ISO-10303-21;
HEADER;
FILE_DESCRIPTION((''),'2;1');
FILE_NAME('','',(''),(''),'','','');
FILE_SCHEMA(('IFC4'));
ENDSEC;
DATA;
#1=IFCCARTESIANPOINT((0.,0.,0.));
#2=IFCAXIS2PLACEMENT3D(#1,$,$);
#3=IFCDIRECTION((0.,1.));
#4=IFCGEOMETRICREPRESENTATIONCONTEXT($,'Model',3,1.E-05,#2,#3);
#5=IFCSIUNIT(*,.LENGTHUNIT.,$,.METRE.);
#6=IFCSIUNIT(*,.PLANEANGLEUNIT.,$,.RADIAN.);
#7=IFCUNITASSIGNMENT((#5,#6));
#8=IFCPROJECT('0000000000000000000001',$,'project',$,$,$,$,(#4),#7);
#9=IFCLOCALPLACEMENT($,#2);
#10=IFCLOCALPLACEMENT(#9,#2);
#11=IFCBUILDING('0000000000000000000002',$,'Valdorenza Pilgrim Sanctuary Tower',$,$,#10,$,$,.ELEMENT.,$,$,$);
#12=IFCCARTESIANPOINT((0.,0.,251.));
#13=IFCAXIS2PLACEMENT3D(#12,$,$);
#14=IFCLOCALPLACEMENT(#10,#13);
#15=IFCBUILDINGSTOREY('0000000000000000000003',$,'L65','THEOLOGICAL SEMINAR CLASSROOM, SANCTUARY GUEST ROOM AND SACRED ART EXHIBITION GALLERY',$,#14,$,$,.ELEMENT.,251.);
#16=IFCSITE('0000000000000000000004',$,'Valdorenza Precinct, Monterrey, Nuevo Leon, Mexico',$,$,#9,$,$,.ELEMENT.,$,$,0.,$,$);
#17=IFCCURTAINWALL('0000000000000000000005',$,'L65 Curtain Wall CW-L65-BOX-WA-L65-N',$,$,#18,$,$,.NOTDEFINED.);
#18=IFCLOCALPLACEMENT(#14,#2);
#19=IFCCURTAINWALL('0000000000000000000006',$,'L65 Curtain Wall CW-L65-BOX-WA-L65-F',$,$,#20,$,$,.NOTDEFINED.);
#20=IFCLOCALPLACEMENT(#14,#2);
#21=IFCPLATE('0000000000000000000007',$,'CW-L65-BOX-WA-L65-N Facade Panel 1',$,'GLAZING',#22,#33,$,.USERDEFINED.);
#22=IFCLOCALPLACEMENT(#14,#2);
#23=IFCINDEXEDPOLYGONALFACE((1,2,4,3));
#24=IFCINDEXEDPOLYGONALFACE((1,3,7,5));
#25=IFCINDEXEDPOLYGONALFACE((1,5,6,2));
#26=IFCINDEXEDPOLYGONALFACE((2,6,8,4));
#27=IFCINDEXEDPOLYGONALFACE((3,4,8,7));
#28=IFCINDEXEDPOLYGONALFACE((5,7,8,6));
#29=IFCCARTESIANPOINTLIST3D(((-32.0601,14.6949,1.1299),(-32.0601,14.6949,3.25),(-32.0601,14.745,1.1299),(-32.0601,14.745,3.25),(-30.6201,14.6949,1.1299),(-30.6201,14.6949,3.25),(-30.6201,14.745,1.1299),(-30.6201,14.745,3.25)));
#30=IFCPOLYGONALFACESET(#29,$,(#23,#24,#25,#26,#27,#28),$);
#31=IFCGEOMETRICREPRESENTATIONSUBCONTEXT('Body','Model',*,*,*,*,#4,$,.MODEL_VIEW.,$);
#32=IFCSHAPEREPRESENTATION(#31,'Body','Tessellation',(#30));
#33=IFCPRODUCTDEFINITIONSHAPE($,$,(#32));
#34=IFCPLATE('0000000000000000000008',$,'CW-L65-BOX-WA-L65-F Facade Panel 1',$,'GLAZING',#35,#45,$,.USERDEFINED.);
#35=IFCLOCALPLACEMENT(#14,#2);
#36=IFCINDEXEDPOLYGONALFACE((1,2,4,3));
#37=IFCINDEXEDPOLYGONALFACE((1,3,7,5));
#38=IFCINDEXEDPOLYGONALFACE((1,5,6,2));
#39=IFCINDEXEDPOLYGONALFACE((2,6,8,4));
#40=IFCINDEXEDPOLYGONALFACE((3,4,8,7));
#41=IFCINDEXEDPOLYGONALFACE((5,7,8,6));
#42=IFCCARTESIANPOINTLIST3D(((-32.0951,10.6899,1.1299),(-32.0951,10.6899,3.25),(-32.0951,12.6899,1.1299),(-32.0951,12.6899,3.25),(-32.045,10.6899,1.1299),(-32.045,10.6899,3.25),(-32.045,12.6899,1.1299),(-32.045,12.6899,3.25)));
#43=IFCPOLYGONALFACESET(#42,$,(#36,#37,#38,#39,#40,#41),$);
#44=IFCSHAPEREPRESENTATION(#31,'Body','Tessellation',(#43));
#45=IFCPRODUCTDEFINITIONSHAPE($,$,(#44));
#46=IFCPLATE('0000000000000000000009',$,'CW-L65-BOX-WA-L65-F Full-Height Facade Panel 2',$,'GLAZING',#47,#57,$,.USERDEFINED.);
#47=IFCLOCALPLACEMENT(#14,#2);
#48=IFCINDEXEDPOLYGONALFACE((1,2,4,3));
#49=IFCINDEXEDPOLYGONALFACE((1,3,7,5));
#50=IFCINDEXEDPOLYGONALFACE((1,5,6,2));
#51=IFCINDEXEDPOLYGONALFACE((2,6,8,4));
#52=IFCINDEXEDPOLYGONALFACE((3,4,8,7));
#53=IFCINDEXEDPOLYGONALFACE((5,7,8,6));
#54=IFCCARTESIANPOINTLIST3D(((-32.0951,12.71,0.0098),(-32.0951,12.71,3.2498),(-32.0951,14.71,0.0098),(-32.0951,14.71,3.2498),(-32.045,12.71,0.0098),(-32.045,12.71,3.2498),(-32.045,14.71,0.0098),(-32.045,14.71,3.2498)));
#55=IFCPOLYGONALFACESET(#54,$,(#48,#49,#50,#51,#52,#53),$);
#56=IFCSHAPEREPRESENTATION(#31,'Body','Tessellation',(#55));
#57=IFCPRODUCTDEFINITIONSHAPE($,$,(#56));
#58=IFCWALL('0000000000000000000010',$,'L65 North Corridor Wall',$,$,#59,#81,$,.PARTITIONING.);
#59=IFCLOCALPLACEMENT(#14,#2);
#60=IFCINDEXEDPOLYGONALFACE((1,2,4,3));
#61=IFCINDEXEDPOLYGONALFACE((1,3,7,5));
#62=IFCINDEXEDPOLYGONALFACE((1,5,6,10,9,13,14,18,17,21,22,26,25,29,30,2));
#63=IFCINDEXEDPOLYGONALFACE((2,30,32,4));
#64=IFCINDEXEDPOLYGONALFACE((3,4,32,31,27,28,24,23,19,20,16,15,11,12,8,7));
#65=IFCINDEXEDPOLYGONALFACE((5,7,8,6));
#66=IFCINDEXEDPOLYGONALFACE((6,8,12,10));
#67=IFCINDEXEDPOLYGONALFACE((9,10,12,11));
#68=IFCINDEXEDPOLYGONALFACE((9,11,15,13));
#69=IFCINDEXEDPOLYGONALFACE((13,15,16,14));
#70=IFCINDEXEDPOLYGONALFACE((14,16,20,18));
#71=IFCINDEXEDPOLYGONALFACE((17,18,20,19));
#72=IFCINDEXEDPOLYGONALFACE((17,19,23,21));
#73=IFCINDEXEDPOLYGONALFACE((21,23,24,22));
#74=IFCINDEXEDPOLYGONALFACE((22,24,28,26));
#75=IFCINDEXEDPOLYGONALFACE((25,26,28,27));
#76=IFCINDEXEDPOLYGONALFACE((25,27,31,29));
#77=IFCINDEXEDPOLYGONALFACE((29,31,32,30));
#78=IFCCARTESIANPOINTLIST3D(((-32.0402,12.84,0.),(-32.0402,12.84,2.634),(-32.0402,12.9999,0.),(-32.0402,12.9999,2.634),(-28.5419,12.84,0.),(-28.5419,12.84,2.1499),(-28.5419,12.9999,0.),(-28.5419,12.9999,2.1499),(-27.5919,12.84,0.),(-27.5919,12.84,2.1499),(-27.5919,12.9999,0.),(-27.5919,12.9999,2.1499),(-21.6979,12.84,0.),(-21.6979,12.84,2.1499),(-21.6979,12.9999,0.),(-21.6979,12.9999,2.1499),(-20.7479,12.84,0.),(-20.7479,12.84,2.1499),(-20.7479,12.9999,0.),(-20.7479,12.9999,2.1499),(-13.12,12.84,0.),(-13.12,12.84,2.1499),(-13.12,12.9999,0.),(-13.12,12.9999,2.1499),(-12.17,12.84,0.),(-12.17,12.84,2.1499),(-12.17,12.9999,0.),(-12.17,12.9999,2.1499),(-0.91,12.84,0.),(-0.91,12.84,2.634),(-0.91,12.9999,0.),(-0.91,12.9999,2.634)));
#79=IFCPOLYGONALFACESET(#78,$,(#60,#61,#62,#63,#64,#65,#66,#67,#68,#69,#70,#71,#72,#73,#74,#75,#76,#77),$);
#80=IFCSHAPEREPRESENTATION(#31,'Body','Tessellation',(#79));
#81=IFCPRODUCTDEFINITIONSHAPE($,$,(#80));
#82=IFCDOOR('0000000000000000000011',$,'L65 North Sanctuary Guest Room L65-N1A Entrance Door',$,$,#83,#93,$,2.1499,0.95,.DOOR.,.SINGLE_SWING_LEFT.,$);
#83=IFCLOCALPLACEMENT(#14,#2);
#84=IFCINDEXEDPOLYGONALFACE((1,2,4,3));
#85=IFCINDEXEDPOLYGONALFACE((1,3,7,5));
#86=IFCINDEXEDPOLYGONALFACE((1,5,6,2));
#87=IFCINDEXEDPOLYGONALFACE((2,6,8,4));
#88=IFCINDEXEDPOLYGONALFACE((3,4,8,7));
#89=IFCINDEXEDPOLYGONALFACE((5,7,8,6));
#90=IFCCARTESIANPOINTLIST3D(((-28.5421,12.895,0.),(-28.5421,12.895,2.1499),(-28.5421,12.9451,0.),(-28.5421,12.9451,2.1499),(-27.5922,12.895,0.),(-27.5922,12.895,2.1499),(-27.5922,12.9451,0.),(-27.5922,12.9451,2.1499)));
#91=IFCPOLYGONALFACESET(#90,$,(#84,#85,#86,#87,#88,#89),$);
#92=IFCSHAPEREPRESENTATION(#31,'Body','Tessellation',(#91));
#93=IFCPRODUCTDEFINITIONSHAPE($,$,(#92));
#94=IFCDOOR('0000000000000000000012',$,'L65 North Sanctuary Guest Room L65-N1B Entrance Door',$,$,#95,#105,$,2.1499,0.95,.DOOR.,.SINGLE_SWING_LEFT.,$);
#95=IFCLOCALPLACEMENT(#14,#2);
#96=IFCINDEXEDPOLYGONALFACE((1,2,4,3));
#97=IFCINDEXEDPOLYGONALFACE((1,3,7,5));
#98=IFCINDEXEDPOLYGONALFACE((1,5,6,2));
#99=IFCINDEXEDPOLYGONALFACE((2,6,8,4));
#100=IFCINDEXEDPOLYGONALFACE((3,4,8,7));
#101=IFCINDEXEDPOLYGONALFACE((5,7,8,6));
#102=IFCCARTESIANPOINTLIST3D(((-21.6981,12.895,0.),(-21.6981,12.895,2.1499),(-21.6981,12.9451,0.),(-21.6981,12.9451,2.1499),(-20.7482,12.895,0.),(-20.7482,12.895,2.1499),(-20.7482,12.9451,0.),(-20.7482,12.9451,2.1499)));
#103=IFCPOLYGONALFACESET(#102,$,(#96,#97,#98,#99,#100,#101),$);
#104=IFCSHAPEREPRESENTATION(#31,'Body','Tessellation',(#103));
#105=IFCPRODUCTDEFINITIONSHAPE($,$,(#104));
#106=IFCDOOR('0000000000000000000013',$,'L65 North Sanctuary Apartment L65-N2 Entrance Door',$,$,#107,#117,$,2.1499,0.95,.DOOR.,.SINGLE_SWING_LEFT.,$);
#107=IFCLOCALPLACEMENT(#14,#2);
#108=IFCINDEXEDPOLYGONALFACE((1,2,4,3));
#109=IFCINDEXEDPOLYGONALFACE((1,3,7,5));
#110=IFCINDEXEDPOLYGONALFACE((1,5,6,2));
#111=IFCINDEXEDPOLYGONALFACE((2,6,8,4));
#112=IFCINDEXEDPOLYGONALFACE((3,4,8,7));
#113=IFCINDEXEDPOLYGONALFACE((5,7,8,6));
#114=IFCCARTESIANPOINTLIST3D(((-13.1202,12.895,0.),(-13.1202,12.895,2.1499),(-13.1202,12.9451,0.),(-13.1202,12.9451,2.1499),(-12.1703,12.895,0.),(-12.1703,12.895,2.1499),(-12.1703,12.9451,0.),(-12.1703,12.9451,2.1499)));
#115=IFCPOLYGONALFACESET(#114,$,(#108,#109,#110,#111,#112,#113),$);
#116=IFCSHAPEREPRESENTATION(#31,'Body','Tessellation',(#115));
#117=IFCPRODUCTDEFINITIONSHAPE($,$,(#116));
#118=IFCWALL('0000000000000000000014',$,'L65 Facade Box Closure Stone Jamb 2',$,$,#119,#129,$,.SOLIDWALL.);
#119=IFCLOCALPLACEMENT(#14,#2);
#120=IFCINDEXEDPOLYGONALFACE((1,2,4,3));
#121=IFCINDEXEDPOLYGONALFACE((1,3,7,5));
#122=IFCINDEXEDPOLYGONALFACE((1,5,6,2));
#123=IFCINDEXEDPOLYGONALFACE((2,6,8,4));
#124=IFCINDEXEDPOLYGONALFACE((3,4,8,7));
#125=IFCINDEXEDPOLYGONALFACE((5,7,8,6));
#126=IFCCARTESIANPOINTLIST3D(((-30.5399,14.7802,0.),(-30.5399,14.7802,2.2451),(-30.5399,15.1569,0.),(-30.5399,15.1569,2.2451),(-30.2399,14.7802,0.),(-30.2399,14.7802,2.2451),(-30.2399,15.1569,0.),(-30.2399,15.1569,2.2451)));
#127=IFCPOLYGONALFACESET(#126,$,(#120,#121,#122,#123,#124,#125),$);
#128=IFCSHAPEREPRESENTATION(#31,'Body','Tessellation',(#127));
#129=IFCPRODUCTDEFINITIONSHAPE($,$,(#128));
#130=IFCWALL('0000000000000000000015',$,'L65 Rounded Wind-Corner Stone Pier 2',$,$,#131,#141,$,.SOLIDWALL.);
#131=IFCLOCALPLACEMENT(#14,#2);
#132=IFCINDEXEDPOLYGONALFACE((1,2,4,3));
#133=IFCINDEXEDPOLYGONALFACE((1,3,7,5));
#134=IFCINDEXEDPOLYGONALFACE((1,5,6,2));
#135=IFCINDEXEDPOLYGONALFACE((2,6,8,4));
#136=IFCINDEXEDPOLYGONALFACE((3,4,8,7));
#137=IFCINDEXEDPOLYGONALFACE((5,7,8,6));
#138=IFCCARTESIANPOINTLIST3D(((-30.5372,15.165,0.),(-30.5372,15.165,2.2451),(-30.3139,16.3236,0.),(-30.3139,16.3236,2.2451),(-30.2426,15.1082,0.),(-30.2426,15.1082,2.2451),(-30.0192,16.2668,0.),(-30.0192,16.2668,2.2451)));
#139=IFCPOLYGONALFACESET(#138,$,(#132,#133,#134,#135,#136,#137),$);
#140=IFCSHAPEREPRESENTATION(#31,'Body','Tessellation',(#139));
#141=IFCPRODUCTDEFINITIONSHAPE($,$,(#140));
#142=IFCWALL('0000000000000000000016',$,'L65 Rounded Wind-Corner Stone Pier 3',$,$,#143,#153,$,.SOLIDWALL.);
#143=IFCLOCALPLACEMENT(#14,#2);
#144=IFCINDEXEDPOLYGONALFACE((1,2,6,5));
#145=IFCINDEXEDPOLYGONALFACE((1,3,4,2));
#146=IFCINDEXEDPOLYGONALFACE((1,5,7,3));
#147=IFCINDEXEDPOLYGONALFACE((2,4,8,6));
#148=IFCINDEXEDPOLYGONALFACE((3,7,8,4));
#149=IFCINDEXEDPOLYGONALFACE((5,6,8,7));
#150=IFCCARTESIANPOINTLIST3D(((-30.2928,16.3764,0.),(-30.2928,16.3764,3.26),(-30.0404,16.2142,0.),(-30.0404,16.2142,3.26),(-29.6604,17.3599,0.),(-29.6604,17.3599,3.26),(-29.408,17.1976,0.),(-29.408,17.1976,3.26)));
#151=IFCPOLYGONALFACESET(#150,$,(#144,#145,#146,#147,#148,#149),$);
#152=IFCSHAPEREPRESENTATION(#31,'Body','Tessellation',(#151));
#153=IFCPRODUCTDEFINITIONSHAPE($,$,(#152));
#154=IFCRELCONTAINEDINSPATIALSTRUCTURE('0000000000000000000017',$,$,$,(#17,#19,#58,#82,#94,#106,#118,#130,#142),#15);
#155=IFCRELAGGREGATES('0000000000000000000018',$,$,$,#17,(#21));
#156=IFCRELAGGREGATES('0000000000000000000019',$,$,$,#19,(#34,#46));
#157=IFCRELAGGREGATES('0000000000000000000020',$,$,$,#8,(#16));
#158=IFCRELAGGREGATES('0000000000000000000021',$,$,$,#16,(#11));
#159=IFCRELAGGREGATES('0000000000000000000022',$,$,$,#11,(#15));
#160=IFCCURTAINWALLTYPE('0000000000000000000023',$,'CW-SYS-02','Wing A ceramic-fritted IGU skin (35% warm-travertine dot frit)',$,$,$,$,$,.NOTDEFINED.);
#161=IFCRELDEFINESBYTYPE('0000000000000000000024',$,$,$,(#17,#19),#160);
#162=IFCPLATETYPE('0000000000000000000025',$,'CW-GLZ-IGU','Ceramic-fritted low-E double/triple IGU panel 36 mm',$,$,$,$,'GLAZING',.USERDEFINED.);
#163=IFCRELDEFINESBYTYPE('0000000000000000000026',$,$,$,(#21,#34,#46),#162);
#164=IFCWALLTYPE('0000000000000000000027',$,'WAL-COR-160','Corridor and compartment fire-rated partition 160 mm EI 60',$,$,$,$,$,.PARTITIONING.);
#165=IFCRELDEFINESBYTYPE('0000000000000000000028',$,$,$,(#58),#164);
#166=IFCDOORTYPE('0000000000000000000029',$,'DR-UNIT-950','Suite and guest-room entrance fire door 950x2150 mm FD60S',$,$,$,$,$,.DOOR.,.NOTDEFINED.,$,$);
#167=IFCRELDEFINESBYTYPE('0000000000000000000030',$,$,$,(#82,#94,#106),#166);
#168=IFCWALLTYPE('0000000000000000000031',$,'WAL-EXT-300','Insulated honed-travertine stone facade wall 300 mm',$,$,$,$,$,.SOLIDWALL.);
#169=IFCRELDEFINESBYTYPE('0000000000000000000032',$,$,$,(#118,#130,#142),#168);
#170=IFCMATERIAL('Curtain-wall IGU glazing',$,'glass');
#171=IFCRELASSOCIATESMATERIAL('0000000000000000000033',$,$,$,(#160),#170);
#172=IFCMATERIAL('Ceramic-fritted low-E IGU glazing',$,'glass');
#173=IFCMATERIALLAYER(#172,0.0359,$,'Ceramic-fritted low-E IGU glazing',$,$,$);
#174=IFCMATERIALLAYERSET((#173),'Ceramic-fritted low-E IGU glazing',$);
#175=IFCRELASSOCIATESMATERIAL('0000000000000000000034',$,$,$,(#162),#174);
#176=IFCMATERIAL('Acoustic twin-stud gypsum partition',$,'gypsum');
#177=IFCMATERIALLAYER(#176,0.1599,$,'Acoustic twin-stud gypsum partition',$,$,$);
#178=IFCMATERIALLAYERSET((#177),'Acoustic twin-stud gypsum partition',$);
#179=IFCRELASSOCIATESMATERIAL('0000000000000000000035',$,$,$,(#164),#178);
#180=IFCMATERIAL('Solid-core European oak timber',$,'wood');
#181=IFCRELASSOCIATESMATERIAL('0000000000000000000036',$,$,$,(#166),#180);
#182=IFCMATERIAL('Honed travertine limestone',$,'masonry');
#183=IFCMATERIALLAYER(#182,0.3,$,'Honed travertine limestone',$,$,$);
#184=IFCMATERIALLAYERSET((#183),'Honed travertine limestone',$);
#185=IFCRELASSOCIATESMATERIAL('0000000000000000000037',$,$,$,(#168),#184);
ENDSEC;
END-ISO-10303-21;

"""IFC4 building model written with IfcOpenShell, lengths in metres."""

from ifc_helpers import new_model, si_unit, direction, frame, frame_2d, origin, origin_2d, place, context, subcontext, project, spatial, rectangle, extrude, source, transform, mapped, material, layer, layer_set, type_object, element, fill, aggregate, save


model = new_model("IFC4")

# Units and contexts
model_context = context("Model", 3, precision=1e-05, world=origin(), true_north=direction((0.0, 1.0)))
body_context = subcontext(model_context, "Body", "Model", "MODEL_VIEW")
ifc_project = project(units=[si_unit("LENGTHUNIT", "METRE"), si_unit("PLANEANGLEUNIT", "RADIAN")], contexts=[model_context])

# Site, building, storey
site_placement = place(None, origin())
site = spatial("IfcSite", under=ifc_project, at=site_placement, Name="Valdorenza Precinct, Monterrey, Nuevo Leon, Mexico", CompositionType="ELEMENT", RefElevation=0.0)
building_placement = place(site_placement, origin())
building = spatial("IfcBuilding", under=site, at=building_placement, Name="Valdorenza Pilgrim Sanctuary Tower", CompositionType="ELEMENT")
storey_placement = place(building_placement, frame((0.0, 0.0, 251.0)))
storey = spatial("IfcBuildingStorey", under=building, at=storey_placement, Name="L65", Description="THEOLOGICAL SEMINAR CLASSROOM, SANCTUARY GUEST ROOM AND SACRED ART EXHIBITION GALLERY", CompositionType="ELEMENT", Elevation=251.0)

# Curtain wall
ifc_material_1 = material(Name="Curtain-wall IGU glazing", Category="glass")
curtain_wall_type = type_object("IfcCurtainWallType", Name="CW-SYS-02", Description="Wing A ceramic-fritted IGU skin (35% warm-travertine dot frit)", PredefinedType="NOTDEFINED", material=ifc_material_1)
curtain_wall_1_placement = place(storey_placement, origin())
curtain_wall_1 = element("IfcCurtainWall", 1, at=curtain_wall_1_placement, inside=storey, type_object=curtain_wall_type, Name="L65 Curtain Wall CW-L65-BOX-WA-L65-N", PredefinedType="NOTDEFINED")

# Curtain wall
curtain_wall_2_placement = place(storey_placement, origin())
curtain_wall_2 = element("IfcCurtainWall", 2, at=curtain_wall_2_placement, inside=storey, type_object=curtain_wall_type, Name="L65 Curtain Wall CW-L65-BOX-WA-L65-F", PredefinedType="NOTDEFINED")

# Plates
ifc_material_2 = material(Name="Honed travertine limestone", Category="masonry")
ifc_material_3 = material(Name="Ceramic-fritted low-E IGU glazing", Category="glass")
ifc_layer_1 = layer(ifc_material_3, 0.0359, Name="Ceramic-fritted low-E IGU glazing")
ifc_layer_set_1 = layer_set([ifc_layer_1], Name="Ceramic-fritted low-E IGU glazing")
plate_type_1 = type_object("IfcPlateType", Name="CW-GLZ-IGU", Description="Ceramic-fritted low-E double/triple IGU panel 36 mm", ElementType="GLAZING", PredefinedType="USERDEFINED", material=ifc_layer_set_1)
shared_shape_1 = source(origin(), body_context, "Body", "SweptSolid", [
    extrude(rectangle(XDim=1.4399, YDim=0.05, at=origin_2d()), origin(), (0.0, 0.0, 1.0), 2.1201),
])
plate_1_placement = place(storey_placement, frame((-31.3401, 14.72, 1.1299), z_axis=(0.0, 0.0, 1.0), x_axis=(1.0, 0.0, 0.0)))
plate_1 = element("IfcPlate", 3, at=plate_1_placement, type_object=plate_type_1, Name="CW-L65-BOX-WA-L65-N Facade Panel 1", ObjectType="GLAZING", PredefinedType="USERDEFINED", context=body_context, shape_type="MappedRepresentation", body=[
    mapped(shared_shape_1, transform((0.0, 0.0, 0.0), x_axis=(1.0, 0.0, 0.0), y_axis=(0.0, 1.0, 0.0), z_axis=(0.0, 0.0, 1.0), scale=1.0)),
])
aggregate(curtain_wall_1, [plate_1])
shared_shape_2 = source(origin(), body_context, "Body", "SweptSolid", [
    extrude(rectangle(XDim=2.0, YDim=0.05, at=origin_2d()), origin(), (0.0, 0.0, 1.0), 2.1201),
])
plate_2_placement = place(storey_placement, frame((-32.0701, 11.6899, 1.1299), z_axis=(0.0, 0.0, 1.0), x_axis=(0.0, 1.0, 0.0)))
plate_2 = element("IfcPlate", 4, at=plate_2_placement, type_object=plate_type_1, Name="CW-L65-BOX-WA-L65-F Facade Panel 1", ObjectType="GLAZING", PredefinedType="USERDEFINED", context=body_context, shape_type="MappedRepresentation", body=[
    mapped(shared_shape_2, transform((0.0, 0.0, 0.0), x_axis=(1.0, 0.0, 0.0), y_axis=(0.0, 1.0, 0.0), z_axis=(0.0, 0.0, 1.0), scale=1.0)),
])
shared_shape_3 = source(origin(), body_context, "Body", "SweptSolid", [
    extrude(rectangle(XDim=2.0, YDim=0.05, at=origin_2d()), origin(), (0.0, 0.0, 1.0), 3.24),
])
plate_3_placement = place(storey_placement, frame((-32.0701, 13.71, 0.0098), z_axis=(0.0, 0.0, 1.0), x_axis=(0.0, 1.0, 0.0)))
plate_3 = element("IfcPlate", 5, at=plate_3_placement, type_object=plate_type_1, Name="CW-L65-BOX-WA-L65-F Full-Height Facade Panel 2", ObjectType="GLAZING", PredefinedType="USERDEFINED", context=body_context, shape_type="MappedRepresentation", body=[
    mapped(shared_shape_3, transform((0.0, 0.0, 0.0), x_axis=(1.0, 0.0, 0.0), y_axis=(0.0, 1.0, 0.0), z_axis=(0.0, 0.0, 1.0), scale=1.0)),
])
aggregate(curtain_wall_2, [plate_2, plate_3])

# Wall, openings, doors
ifc_material_4 = material(Name="Acoustic twin-stud gypsum partition", Category="gypsum")
ifc_layer_2 = layer(ifc_material_4, 0.1599, Name="Acoustic twin-stud gypsum partition")
ifc_layer_set_2 = layer_set([ifc_layer_2], Name="Acoustic twin-stud gypsum partition")
wall_type_1 = type_object("IfcWallType", Name="WAL-COR-160", Description="Corridor and compartment fire-rated partition 160 mm EI 60", PredefinedType="PARTITIONING", material=ifc_layer_set_2)
wall_1_placement = place(storey_placement, frame((-32.04, 12.9199, 0.0), z_axis=(0.0, 0.0, 1.0), x_axis=(1.0, 0.0, 0.0)))
wall_1 = element("IfcWall", 6, at=wall_1_placement, inside=storey, type_object=wall_type_1, Name="L65 North Corridor Wall", PredefinedType="PARTITIONING", context=body_context, shape_type="SweptSolid", body=[
    extrude(rectangle(XDim=31.1301, YDim=0.1599, at=frame_2d((15.5649, 0.0))), origin(), (0.0, 0.0, 1.0), 2.634),
])
opening_1_placement = place(wall_1_placement, frame((3.498, 0.0, 0.0)))
opening_1 = element("IfcOpeningElement", 7, at=opening_1_placement, cuts=wall_1, PredefinedType="OPENING", context=body_context, shape_type="SweptSolid", body=[
    extrude(rectangle(XDim=0.95, YDim=2.1499, at=frame_2d((0.4751, 1.075))), frame((0.0, 0.0947, 0.0), z_axis=(0.0, -1.0, 0.0), x_axis=(1.0, 0.0, 0.0)), (0.0, 0.0, 1.0), 0.1897),
])
opening_2_placement = place(wall_1_placement, frame((10.342, 0.0, 0.0)))
opening_2 = element("IfcOpeningElement", 8, at=opening_2_placement, cuts=wall_1, PredefinedType="OPENING", context=body_context, shape_type="SweptSolid", body=[
    extrude(rectangle(XDim=0.95, YDim=2.1499, at=frame_2d((0.4751, 1.075))), frame((0.0, 0.0947, 0.0), z_axis=(0.0, -1.0, 0.0), x_axis=(1.0, 0.0, 0.0)), (0.0, 0.0, 1.0), 0.1897),
])
opening_3_placement = place(wall_1_placement, frame((18.9199, 0.0, 0.0)))
opening_3 = element("IfcOpeningElement", 9, at=opening_3_placement, cuts=wall_1, PredefinedType="OPENING", context=body_context, shape_type="SweptSolid", body=[
    extrude(rectangle(XDim=0.95, YDim=2.1499, at=frame_2d((0.4751, 1.075))), frame((0.0, 0.0947, 0.0), z_axis=(0.0, -1.0, 0.0), x_axis=(1.0, 0.0, 0.0)), (0.0, 0.0, 1.0), 0.1897),
])
ifc_material_5 = material(Name="Solid-core European oak timber", Category="wood")
door_type = type_object("IfcDoorType", Name="DR-UNIT-950", Description="Suite and guest-room entrance fire door 950x2150 mm FD60S", OperationType="NOTDEFINED", PredefinedType="DOOR", material=ifc_material_5)
door_1_placement = place(opening_1_placement, frame((0.95, 0.0, 0.0), z_axis=(0.0, 0.0, 1.0), x_axis=(-1.0, 0.0, 0.0)))
door_1 = element("IfcDoor", 10, at=door_1_placement, inside=storey, type_object=door_type, Name="L65 North Sanctuary Guest Room L65-N1A Entrance Door", OperationType="SINGLE_SWING_LEFT", OverallHeight=2.1499, OverallWidth=0.95, PredefinedType="DOOR", context=body_context, shape_type="SweptSolid", body=[
    extrude(rectangle(XDim=0.95, YDim=2.1499, at=frame_2d((0.4751, 1.075))), frame((0.0, 0.0249, 0.0), z_axis=(0.0, -1.0, 0.0), x_axis=(1.0, 0.0, 0.0)), (0.0, 0.0, 1.0), 0.05),
])
fill(opening_1, door_1)
door_2_placement = place(opening_2_placement, frame((0.95, 0.0, 0.0), z_axis=(0.0, 0.0, 1.0), x_axis=(-1.0, 0.0, 0.0)))
door_2 = element("IfcDoor", 11, at=door_2_placement, inside=storey, type_object=door_type, Name="L65 North Sanctuary Guest Room L65-N1B Entrance Door", OperationType="SINGLE_SWING_LEFT", OverallHeight=2.1499, OverallWidth=0.95, PredefinedType="DOOR", context=body_context, shape_type="SweptSolid", body=[
    extrude(rectangle(XDim=0.95, YDim=2.1499, at=frame_2d((0.4751, 1.075))), frame((0.0, 0.0249, 0.0), z_axis=(0.0, -1.0, 0.0), x_axis=(1.0, 0.0, 0.0)), (0.0, 0.0, 1.0), 0.05),
])
fill(opening_2, door_2)
door_3_placement = place(opening_3_placement, frame((0.95, 0.0, 0.0), z_axis=(0.0, 0.0, 1.0), x_axis=(-1.0, 0.0, 0.0)))
door_3 = element("IfcDoor", 12, at=door_3_placement, inside=storey, type_object=door_type, Name="L65 North Sanctuary Apartment L65-N2 Entrance Door", OperationType="SINGLE_SWING_LEFT", OverallHeight=2.1499, OverallWidth=0.95, PredefinedType="DOOR", context=body_context, shape_type="SweptSolid", body=[
    extrude(rectangle(XDim=0.95, YDim=2.1499, at=frame_2d((0.4751, 1.075))), frame((0.0, 0.0249, 0.0), z_axis=(0.0, -1.0, 0.0), x_axis=(1.0, 0.0, 0.0)), (0.0, 0.0, 1.0), 0.05),
])
fill(opening_3, door_3)

# Walls
ifc_layer_3 = layer(ifc_material_2, 0.3, Name="Honed travertine limestone")
ifc_layer_set_3 = layer_set([ifc_layer_3], Name="Honed travertine limestone")
wall_type_2 = type_object("IfcWallType", Name="WAL-EXT-300", Description="Insulated honed-travertine stone facade wall 300 mm", PredefinedType="SOLIDWALL", material=ifc_layer_set_3)
wall_2_placement = place(storey_placement, frame((-30.3899, 14.78, 0.0), z_axis=(0.0, 0.0, 1.0), x_axis=(0.0, 1.0, 0.0)))
element("IfcWall", 13, at=wall_2_placement, inside=storey, type_object=wall_type_2, Name="L65 Facade Box Closure Stone Jamb 2", PredefinedType="SOLIDWALL", context=body_context, shape_type="SweptSolid", body=[
    extrude(rectangle(XDim=0.3767, YDim=0.3, at=frame_2d((0.1885, 0.0))), origin(), (0.0, 0.0, 1.0), 2.2451),
])
wall_3_placement = place(storey_placement, frame((-30.3899, 15.1367, 0.0), z_axis=(0.0, 0.0, 1.0), x_axis=(0.189308, 0.981918, 0.0)))
element("IfcWall", 14, at=wall_3_placement, inside=storey, type_object=wall_type_2, Name="L65 Rounded Wind-Corner Stone Pier 2", PredefinedType="SOLIDWALL", context=body_context, shape_type="SweptSolid", body=[
    extrude(rectangle(XDim=1.1799, YDim=0.3, at=frame_2d((0.5898, 0.0))), origin(), (0.0, 0.0, 1.0), 2.2451),
])
wall_4_placement = place(storey_placement, frame((-30.1665, 16.2954, 0.0), z_axis=(0.0, 0.0, 1.0), x_axis=(0.540842, 0.841124, 0.0)))
element("IfcWall", 15, at=wall_4_placement, inside=storey, type_object=wall_type_2, Name="L65 Rounded Wind-Corner Stone Pier 3", PredefinedType="SOLIDWALL", context=body_context, shape_type="SweptSolid", body=[
    extrude(rectangle(XDim=1.1692, YDim=0.3, at=frame_2d((0.5845, 0.0))), origin(), (0.0, 0.0, 1.0), 3.26),
])

save(model, "model.ifc")
